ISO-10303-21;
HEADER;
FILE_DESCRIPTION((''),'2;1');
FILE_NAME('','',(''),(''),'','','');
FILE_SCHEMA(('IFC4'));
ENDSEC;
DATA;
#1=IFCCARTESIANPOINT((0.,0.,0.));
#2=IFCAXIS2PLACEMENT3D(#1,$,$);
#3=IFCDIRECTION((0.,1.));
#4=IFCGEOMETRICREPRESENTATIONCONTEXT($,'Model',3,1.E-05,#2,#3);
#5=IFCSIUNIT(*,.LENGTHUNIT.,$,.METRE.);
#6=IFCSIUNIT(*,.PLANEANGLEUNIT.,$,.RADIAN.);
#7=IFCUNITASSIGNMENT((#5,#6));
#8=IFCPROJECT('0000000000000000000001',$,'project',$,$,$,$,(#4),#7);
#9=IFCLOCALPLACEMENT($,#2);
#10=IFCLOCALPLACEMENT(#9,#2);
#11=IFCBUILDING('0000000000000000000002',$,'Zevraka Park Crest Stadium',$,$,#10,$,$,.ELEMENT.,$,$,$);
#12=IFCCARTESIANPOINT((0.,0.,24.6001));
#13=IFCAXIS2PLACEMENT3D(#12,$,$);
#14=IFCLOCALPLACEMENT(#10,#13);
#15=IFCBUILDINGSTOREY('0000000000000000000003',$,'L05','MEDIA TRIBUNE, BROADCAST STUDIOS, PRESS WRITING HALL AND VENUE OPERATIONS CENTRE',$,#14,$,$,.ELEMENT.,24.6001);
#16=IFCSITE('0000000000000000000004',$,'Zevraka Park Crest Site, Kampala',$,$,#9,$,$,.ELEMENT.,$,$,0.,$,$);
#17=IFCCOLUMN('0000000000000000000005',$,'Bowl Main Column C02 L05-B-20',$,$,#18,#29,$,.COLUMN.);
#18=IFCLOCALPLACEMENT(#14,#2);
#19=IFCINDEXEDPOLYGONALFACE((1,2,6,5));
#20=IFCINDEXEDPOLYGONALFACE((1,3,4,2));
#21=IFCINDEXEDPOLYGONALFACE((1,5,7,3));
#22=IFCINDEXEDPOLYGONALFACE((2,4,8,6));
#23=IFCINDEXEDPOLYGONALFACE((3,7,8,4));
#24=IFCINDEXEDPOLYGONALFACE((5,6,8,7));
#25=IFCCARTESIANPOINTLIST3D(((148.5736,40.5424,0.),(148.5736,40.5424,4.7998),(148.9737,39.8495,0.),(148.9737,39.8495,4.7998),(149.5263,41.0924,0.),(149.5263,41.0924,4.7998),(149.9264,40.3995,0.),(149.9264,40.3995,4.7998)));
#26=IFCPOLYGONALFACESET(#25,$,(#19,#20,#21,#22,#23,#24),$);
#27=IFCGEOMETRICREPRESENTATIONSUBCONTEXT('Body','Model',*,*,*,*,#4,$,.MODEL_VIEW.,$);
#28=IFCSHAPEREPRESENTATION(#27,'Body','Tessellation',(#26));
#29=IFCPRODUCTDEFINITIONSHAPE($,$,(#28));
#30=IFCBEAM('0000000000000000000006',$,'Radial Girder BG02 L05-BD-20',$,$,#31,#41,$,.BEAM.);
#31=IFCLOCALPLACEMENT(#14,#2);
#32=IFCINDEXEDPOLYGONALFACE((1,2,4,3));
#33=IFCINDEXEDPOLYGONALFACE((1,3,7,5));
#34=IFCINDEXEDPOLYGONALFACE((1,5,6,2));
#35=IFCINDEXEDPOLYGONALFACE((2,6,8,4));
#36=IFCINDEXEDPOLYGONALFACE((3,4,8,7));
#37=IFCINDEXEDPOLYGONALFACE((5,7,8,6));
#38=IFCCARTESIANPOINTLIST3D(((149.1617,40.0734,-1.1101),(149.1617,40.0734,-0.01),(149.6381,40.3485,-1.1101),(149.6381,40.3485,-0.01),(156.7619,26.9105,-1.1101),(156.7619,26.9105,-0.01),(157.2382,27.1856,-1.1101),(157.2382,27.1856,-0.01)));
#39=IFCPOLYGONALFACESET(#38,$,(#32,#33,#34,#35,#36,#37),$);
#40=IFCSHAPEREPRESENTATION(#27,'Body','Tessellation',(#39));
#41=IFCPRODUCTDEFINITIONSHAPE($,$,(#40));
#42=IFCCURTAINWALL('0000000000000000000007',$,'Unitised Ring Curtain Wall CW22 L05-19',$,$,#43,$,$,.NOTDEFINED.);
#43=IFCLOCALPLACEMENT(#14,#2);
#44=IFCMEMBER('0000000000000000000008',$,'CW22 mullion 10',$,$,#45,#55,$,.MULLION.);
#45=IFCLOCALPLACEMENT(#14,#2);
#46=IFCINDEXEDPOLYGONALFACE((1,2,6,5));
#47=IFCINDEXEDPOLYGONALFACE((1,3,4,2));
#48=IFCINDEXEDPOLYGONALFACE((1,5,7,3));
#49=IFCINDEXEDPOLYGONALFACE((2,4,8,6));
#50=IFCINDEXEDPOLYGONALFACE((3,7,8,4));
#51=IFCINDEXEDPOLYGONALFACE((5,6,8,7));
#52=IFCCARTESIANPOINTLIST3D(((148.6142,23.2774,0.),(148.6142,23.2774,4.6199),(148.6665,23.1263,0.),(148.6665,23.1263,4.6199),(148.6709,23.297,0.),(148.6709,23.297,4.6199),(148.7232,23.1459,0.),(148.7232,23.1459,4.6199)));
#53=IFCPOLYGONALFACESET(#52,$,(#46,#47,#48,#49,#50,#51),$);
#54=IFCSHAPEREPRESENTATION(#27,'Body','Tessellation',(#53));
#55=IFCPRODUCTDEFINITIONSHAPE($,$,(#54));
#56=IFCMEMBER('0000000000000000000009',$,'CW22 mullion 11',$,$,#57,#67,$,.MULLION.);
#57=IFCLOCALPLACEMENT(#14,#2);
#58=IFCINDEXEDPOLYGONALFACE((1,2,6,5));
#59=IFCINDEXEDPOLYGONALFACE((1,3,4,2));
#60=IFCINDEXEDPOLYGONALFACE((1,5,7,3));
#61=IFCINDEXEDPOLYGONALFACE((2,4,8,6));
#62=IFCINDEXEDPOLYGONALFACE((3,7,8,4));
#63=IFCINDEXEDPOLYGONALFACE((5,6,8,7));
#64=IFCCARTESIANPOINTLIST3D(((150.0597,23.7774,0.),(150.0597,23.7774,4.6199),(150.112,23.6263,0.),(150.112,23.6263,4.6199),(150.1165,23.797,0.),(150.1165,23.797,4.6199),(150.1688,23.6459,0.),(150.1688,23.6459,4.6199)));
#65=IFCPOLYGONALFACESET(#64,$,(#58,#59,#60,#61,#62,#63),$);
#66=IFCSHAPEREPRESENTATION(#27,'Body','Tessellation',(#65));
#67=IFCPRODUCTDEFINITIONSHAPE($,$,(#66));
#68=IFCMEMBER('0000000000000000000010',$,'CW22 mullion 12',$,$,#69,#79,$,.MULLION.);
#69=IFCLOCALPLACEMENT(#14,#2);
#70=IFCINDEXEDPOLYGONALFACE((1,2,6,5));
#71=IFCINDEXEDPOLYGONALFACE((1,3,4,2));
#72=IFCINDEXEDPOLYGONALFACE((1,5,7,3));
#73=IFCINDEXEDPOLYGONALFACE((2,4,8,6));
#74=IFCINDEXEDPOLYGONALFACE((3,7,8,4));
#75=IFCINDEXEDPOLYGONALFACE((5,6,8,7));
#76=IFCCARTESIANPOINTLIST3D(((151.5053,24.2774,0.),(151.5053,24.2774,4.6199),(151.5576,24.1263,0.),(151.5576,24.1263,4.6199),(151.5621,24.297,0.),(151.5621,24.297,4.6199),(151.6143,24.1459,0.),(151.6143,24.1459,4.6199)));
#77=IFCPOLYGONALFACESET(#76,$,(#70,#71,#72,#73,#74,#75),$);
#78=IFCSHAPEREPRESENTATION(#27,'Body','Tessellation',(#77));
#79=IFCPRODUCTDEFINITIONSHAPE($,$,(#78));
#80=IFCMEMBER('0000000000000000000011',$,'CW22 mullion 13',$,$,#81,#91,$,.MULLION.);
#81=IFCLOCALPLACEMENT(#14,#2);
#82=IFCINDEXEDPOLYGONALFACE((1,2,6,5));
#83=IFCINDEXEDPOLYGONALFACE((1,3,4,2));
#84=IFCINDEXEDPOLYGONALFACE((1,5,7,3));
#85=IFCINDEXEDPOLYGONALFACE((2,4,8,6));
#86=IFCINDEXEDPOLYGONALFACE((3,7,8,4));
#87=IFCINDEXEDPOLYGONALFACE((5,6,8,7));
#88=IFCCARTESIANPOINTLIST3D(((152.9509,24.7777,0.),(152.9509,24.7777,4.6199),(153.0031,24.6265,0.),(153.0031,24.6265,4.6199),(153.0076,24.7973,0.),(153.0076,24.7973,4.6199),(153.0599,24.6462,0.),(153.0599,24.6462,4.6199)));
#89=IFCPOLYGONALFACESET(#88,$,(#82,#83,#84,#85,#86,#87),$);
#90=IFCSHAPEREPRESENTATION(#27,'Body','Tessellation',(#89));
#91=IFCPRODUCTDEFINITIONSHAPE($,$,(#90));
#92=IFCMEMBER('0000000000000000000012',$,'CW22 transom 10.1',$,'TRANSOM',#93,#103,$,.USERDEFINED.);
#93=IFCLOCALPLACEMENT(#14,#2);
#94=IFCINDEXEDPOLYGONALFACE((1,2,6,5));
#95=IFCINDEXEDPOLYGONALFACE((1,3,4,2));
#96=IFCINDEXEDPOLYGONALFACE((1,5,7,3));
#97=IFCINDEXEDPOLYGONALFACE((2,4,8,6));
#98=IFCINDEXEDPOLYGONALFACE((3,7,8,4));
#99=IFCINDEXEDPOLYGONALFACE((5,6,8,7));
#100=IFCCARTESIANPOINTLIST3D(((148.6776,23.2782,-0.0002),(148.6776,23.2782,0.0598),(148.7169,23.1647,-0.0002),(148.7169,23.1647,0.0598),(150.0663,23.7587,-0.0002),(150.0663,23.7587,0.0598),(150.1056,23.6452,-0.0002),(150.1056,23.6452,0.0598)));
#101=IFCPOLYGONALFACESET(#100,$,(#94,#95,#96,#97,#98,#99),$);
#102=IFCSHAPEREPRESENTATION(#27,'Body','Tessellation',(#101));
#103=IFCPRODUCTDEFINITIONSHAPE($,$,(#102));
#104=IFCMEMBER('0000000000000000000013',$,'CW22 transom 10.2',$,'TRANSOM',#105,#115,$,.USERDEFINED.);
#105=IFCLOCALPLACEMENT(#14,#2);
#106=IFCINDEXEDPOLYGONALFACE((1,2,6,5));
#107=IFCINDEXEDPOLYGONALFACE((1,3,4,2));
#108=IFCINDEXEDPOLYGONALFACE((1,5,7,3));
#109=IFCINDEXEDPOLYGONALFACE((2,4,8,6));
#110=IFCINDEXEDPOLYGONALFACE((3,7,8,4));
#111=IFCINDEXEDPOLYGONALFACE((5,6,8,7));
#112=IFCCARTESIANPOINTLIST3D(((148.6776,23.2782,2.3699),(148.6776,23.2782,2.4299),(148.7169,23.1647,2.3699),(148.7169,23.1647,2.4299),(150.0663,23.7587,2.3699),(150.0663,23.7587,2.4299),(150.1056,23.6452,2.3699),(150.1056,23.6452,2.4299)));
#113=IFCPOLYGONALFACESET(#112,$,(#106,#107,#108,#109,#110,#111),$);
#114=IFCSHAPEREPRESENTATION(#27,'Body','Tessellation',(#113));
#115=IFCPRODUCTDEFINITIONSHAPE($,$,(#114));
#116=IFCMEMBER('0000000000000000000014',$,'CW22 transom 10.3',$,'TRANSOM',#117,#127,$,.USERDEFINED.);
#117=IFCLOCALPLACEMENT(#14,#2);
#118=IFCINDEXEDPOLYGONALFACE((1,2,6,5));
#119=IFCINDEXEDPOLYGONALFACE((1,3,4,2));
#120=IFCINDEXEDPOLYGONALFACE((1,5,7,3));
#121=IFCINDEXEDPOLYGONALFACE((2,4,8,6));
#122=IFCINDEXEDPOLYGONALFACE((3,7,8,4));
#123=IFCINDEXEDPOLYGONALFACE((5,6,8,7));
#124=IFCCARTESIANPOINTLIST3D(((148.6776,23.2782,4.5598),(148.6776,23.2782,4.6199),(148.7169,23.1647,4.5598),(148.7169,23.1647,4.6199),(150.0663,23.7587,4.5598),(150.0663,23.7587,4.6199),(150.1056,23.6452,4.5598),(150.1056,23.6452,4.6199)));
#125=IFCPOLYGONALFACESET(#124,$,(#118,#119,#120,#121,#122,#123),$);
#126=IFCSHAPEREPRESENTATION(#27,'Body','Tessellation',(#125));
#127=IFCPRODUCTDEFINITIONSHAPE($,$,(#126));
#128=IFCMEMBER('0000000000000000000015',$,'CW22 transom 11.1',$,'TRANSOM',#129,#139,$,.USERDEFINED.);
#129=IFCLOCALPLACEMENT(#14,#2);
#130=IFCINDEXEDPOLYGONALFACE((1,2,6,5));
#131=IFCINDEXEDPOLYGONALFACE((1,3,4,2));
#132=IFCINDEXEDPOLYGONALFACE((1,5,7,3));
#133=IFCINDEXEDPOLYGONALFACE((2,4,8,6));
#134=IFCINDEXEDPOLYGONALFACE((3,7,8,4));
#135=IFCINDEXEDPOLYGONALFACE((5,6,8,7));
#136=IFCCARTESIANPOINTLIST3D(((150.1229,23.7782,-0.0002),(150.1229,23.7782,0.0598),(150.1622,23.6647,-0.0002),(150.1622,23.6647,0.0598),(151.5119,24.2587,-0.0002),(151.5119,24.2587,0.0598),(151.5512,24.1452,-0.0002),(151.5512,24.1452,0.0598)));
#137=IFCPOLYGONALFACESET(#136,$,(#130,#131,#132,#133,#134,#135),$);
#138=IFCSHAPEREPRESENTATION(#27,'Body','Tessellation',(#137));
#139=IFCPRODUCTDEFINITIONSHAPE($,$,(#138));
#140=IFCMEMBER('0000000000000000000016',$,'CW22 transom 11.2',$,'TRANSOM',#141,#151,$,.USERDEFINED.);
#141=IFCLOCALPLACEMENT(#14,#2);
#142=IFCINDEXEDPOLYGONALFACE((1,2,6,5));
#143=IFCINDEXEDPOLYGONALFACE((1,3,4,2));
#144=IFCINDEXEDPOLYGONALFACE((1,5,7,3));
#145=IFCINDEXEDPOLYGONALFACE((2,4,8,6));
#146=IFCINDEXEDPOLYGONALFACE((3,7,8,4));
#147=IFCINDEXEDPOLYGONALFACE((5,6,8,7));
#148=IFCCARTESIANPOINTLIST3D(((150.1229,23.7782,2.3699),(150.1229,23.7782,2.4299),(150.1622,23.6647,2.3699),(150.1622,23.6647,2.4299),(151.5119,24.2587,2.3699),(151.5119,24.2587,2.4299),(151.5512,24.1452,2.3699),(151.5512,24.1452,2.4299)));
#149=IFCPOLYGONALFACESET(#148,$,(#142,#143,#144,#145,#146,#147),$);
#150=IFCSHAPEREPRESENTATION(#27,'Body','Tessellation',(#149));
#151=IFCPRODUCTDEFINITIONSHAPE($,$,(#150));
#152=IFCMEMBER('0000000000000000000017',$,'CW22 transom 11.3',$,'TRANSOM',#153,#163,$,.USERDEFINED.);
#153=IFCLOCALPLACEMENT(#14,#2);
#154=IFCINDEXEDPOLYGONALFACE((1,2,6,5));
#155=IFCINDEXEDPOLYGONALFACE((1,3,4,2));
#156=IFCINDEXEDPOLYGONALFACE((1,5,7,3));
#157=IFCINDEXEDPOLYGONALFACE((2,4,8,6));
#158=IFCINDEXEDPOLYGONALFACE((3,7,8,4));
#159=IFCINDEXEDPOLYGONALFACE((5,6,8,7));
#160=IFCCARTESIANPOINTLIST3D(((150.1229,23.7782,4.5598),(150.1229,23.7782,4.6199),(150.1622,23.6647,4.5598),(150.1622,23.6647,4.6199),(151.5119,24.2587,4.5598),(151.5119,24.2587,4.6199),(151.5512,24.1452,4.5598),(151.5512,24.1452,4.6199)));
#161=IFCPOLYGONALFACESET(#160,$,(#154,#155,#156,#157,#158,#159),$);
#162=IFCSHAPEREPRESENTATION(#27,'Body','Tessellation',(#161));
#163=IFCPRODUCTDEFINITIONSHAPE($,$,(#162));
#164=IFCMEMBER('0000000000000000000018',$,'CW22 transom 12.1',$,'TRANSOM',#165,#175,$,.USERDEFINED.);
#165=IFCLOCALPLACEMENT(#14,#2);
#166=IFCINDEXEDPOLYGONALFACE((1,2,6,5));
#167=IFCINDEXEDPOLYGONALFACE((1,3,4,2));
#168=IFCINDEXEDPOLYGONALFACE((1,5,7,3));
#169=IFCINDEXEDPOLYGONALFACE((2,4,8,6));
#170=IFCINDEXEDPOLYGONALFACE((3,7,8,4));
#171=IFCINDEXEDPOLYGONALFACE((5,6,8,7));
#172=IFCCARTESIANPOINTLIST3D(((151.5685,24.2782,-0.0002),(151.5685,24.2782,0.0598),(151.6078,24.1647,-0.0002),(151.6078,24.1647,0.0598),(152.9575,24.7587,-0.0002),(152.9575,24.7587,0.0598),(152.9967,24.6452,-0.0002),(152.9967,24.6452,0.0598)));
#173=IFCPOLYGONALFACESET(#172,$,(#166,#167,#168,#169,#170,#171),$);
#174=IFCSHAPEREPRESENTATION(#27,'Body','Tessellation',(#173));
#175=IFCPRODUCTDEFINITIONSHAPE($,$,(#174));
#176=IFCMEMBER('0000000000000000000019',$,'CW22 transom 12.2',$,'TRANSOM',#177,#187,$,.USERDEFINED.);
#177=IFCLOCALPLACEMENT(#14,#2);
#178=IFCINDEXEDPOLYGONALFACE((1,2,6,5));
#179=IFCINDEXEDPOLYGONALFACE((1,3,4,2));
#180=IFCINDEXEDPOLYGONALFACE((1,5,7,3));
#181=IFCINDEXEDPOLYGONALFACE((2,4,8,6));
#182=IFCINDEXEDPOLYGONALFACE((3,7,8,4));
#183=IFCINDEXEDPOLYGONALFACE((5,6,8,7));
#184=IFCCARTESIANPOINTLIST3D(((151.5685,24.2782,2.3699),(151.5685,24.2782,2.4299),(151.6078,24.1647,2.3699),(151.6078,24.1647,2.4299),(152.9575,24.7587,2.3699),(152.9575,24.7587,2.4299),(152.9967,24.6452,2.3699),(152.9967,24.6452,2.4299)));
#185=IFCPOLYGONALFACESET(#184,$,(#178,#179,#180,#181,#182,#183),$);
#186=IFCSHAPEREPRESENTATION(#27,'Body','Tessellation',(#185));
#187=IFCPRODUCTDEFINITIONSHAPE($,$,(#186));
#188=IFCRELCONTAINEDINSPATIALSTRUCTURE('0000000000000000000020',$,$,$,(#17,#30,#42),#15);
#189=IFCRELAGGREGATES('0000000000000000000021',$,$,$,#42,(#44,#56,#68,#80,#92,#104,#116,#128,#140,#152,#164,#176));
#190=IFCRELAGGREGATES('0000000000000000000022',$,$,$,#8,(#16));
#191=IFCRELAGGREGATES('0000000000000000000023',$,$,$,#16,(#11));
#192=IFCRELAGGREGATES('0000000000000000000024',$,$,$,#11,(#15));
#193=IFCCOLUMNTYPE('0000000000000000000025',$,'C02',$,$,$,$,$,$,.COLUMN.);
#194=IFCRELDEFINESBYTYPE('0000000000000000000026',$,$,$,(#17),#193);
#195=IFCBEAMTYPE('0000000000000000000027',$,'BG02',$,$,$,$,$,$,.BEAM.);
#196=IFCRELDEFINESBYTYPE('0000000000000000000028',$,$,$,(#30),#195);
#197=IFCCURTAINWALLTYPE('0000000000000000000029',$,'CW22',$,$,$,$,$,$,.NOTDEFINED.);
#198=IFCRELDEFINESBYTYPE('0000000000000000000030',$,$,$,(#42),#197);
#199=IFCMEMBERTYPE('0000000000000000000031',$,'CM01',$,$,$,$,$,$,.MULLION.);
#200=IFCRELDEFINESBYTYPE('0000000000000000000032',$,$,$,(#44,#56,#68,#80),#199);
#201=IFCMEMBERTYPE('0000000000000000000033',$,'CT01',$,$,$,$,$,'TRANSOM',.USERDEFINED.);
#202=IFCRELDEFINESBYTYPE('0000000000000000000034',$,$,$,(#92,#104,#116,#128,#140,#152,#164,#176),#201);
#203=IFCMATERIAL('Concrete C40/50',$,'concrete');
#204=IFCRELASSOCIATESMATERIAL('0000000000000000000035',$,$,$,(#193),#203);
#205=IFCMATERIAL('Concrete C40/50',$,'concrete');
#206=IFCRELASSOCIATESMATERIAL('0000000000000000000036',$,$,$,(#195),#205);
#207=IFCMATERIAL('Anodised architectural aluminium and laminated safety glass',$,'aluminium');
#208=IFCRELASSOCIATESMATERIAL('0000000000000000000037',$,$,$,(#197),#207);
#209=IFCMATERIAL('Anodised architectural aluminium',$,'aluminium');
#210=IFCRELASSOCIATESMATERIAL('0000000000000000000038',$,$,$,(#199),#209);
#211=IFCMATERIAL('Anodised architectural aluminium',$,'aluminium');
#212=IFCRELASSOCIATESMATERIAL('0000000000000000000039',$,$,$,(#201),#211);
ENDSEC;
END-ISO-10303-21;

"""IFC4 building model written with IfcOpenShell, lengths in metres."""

from ifc_helpers import new_model, si_unit, direction, frame, origin, origin_2d, place, context, subcontext, project, spatial, rectangle, extrude, material, material_profile, profile_set, type_object, element, aggregate, save


model = new_model("IFC4")

# Units and contexts
model_context = context("Model", 3, precision=1e-05, world=origin(), true_north=direction((0.0, 1.0)))
body_context = subcontext(model_context, "Body", "Model", "MODEL_VIEW")
ifc_project = project(units=[si_unit("LENGTHUNIT", "METRE"), si_unit("PLANEANGLEUNIT", "RADIAN")], contexts=[model_context])

# Site, building, storey
site_placement = place(None, origin())
site = spatial("IfcSite", under=ifc_project, at=site_placement, Name="Zevraka Park Crest Site, Kampala", CompositionType="ELEMENT", RefElevation=0.0)
building_placement = place(site_placement, origin())
building = spatial("IfcBuilding", under=site, at=building_placement, Name="Zevraka Park Crest Stadium", CompositionType="ELEMENT")
storey_placement = place(building_placement, frame((0.0, 0.0, 24.6001)))
storey = spatial("IfcBuildingStorey", under=building, at=storey_placement, Name="L05", Description="MEDIA TRIBUNE, BROADCAST STUDIOS, PRESS WRITING HALL AND VENUE OPERATIONS CENTRE", CompositionType="ELEMENT", Elevation=24.6001)

# Column
ifc_material_1 = material(Name="Concrete C40/50", Category="concrete")
ifc_material_profile_1 = material_profile(ifc_material_1, rectangle(XDim=0.8, YDim=1.1001, at=origin_2d()), Name="RC 1100x800")
ifc_profile_set_1 = profile_set([ifc_material_profile_1], Name="Concrete C40/50")
column_type = type_object("IfcColumnType", Name="C02", PredefinedType="COLUMN", material=ifc_profile_set_1)
column_placement = place(storey_placement, frame((149.25, 40.4709, 0.0), z_axis=(0.0, 0.0, 1.0), x_axis=(-0.5, 0.866025, 0.0)))
element("IfcColumn", 1, at=column_placement, inside=storey, type_object=column_type, Name="Bowl Main Column C02 L05-B-20", PredefinedType="COLUMN", context=body_context, shape_type="SweptSolid", body=[
    extrude(rectangle(XDim=0.8, YDim=1.1001, at=origin_2d()), origin(), (0.0, 0.0, 1.0), 4.7998),
])

# Beam
ifc_material_2 = material(Name="Concrete C40/50", Category="concrete")
ifc_material_profile_2 = material_profile(ifc_material_2, rectangle(XDim=0.55, YDim=1.1001, at=origin_2d()), Name="RC 1100x550")
ifc_profile_set_2 = profile_set([ifc_material_profile_2], Name="Concrete C40/50")
beam_type_1 = type_object("IfcBeamType", Name="BG02", PredefinedType="BEAM", material=ifc_profile_set_2)
beam_1_placement = place(storey_placement, frame((149.3999, 40.2109, -0.5601), z_axis=(0.500026, -0.86601, 0.0), x_axis=(0.86601, 0.500026, 0.0)))
element("IfcBeam", 2, at=beam_1_placement, inside=storey, type_object=beam_type_1, Name="Radial Girder BG02 L05-BD-20", PredefinedType="BEAM", context=body_context, shape_type="SweptSolid", body=[
    extrude(rectangle(XDim=0.55, YDim=1.1001, at=origin_2d()), origin(), (0.0, 0.0, 1.0), 15.1995),
])

# Curtain wall, members
ifc_material_3 = material(Name="Anodised architectural aluminium and laminated safety glass", Category="aluminium")
curtain_wall_type = type_object("IfcCurtainWallType", Name="CW22", PredefinedType="NOTDEFINED", material=ifc_material_3)
curtain_wall_placement = place(storey_placement, origin())
curtain_wall = element("IfcCurtainWall", 3, at=curtain_wall_placement, inside=storey, type_object=curtain_wall_type, Name="Unitised Ring Curtain Wall CW22 L05-19", PredefinedType="NOTDEFINED")
ifc_material_4 = material(Name="Anodised architectural aluminium", Category="aluminium")
ifc_material_profile_3 = material_profile(ifc_material_4, rectangle(XDim=0.1599, YDim=0.0601, at=origin_2d()), Name="ALU MULLION 160x60")
ifc_profile_set_3 = profile_set([ifc_material_profile_3], Name="Anodised architectural aluminium")
member_type_1 = type_object("IfcMemberType", Name="CM01", PredefinedType="MULLION", material=ifc_profile_set_3)
member_1_placement = place(storey_placement, frame((148.6687, 23.2117, 0.0), z_axis=(0.0, 0.0, 1.0), x_axis=(-0.326929, 0.945049, 0.0)))
member_1 = element("IfcMember", 4, at=member_1_placement, type_object=member_type_1, Name="CW22 mullion 10", PredefinedType="MULLION", context=body_context, shape_type="SweptSolid", body=[
    extrude(rectangle(XDim=0.1599, YDim=0.0601, at=origin_2d()), origin(), (0.0, 0.0, 1.0), 4.6199),
])
member_2_placement = place(storey_placement, frame((150.1143, 23.7117, 0.0), z_axis=(0.0, 0.0, 1.0), x_axis=(-0.326929, 0.945049, 0.0)))
member_2 = element("IfcMember", 5, at=member_2_placement, type_object=member_type_1, Name="CW22 mullion 11", PredefinedType="MULLION", context=body_context, shape_type="SweptSolid", body=[
    extrude(rectangle(XDim=0.1599, YDim=0.0601, at=origin_2d()), origin(), (0.0, 0.0, 1.0), 4.6199),
])
member_3_placement = place(storey_placement, frame((151.5598, 24.2117, 0.0), z_axis=(0.0, 0.0, 1.0), x_axis=(-0.326929, 0.945049, 0.0)))
member_3 = element("IfcMember", 6, at=member_3_placement, type_object=member_type_1, Name="CW22 mullion 12", PredefinedType="MULLION", context=body_context, shape_type="SweptSolid", body=[
    extrude(rectangle(XDim=0.1599, YDim=0.0601, at=origin_2d()), origin(), (0.0, 0.0, 1.0), 4.6199),
])
member_4_placement = place(storey_placement, frame((153.0054, 24.7119, 0.0), z_axis=(0.0, 0.0, 1.0), x_axis=(-0.326929, 0.945049, 0.0)))
member_4 = element("IfcMember", 7, at=member_4_placement, type_object=member_type_1, Name="CW22 mullion 13", PredefinedType="MULLION", context=body_context, shape_type="SweptSolid", body=[
    extrude(rectangle(XDim=0.1599, YDim=0.0601, at=origin_2d()), origin(), (0.0, 0.0, 1.0), 4.6199),
])
ifc_material_5 = material(Name="Anodised architectural aluminium", Category="aluminium")
ifc_material_profile_4 = material_profile(ifc_material_5, rectangle(XDim=0.1201, YDim=0.0601, at=origin_2d()), Name="ALU TRANSOM 120x60")
ifc_profile_set_4 = profile_set([ifc_material_profile_4], Name="Anodised architectural aluminium")
member_type_2 = type_object("IfcMemberType", Name="CT01", ElementType="TRANSOM", PredefinedType="USERDEFINED", material=ifc_profile_set_4)
member_5_placement = place(storey_placement, frame((148.6973, 23.2214, 0.0298), z_axis=(0.945033, 0.326974, 0.0), x_axis=(-0.326974, 0.945033, 0.0)))
member_5 = element("IfcMember", 8, at=member_5_placement, type_object=member_type_2, Name="CW22 transom 10.1", ObjectType="TRANSOM", PredefinedType="USERDEFINED", context=body_context, shape_type="SweptSolid", body=[
    extrude(rectangle(XDim=0.1201, YDim=0.0601, at=origin_2d()), origin(), (0.0, 0.0, 1.0), 1.4695),
])
member_6_placement = place(storey_placement, frame((148.6973, 23.2214, 2.3999), z_axis=(0.945033, 0.326974, 0.0), x_axis=(-0.326974, 0.945033, 0.0)))
member_6 = element("IfcMember", 9, at=member_6_placement, type_object=member_type_2, Name="CW22 transom 10.2", ObjectType="TRANSOM", PredefinedType="USERDEFINED", context=body_context, shape_type="SweptSolid", body=[
    extrude(rectangle(XDim=0.1201, YDim=0.0601, at=origin_2d()), origin(), (0.0, 0.0, 1.0), 1.4695),
])
member_7_placement = place(storey_placement, frame((148.6973, 23.2214, 4.5898), z_axis=(0.945033, 0.326974, 0.0), x_axis=(-0.326974, 0.945033, 0.0)))
member_7 = element("IfcMember", 10, at=member_7_placement, type_object=member_type_2, Name="CW22 transom 10.3", ObjectType="TRANSOM", PredefinedType="USERDEFINED", context=body_context, shape_type="SweptSolid", body=[
    extrude(rectangle(XDim=0.1201, YDim=0.0601, at=origin_2d()), origin(), (0.0, 0.0, 1.0), 1.4695),
])
member_8_placement = place(storey_placement, frame((150.1426, 23.7214, 0.0298), z_axis=(0.945051, 0.326922, 0.0), x_axis=(-0.326922, 0.945051, 0.0)))
member_8 = element("IfcMember", 11, at=member_8_placement, type_object=member_type_2, Name="CW22 transom 11.1", ObjectType="TRANSOM", PredefinedType="USERDEFINED", context=body_context, shape_type="SweptSolid", body=[
    extrude(rectangle(XDim=0.1201, YDim=0.0601, at=origin_2d()), origin(), (0.0, 0.0, 1.0), 1.4697),
])
member_9_placement = place(storey_placement, frame((150.1426, 23.7214, 2.3999), z_axis=(0.945051, 0.326922, 0.0), x_axis=(-0.326922, 0.945051, 0.0)))
member_9 = element("IfcMember", 12, at=member_9_placement, type_object=member_type_2, Name="CW22 transom 11.2", ObjectType="TRANSOM", PredefinedType="USERDEFINED", context=body_context, shape_type="SweptSolid", body=[
    extrude(rectangle(XDim=0.1201, YDim=0.0601, at=origin_2d()), origin(), (0.0, 0.0, 1.0), 1.4697),
])
member_10_placement = place(storey_placement, frame((150.1426, 23.7214, 4.5898), z_axis=(0.945051, 0.326922, 0.0), x_axis=(-0.326922, 0.945051, 0.0)))
member_10 = element("IfcMember", 13, at=member_10_placement, type_object=member_type_2, Name="CW22 transom 11.3", ObjectType="TRANSOM", PredefinedType="USERDEFINED", context=body_context, shape_type="SweptSolid", body=[
    extrude(rectangle(XDim=0.1201, YDim=0.0601, at=origin_2d()), origin(), (0.0, 0.0, 1.0), 1.4697),
])
member_11_placement = place(storey_placement, frame((151.5881, 24.2214, 0.0298), z_axis=(0.945051, 0.326922, 0.0), x_axis=(-0.326922, 0.945051, 0.0)))
member_11 = element("IfcMember", 14, at=member_11_placement, type_object=member_type_2, Name="CW22 transom 12.1", ObjectType="TRANSOM", PredefinedType="USERDEFINED", context=body_context, shape_type="SweptSolid", body=[
    extrude(rectangle(XDim=0.1201, YDim=0.0601, at=origin_2d()), origin(), (0.0, 0.0, 1.0), 1.4697),
])
member_12_placement = place(storey_placement, frame((151.5881, 24.2214, 2.3999), z_axis=(0.945051, 0.326922, 0.0), x_axis=(-0.326922, 0.945051, 0.0)))
member_12 = element("IfcMember", 15, at=member_12_placement, type_object=member_type_2, Name="CW22 transom 12.2", ObjectType="TRANSOM", PredefinedType="USERDEFINED", context=body_context, shape_type="SweptSolid", body=[
    extrude(rectangle(XDim=0.1201, YDim=0.0601, at=origin_2d()), origin(), (0.0, 0.0, 1.0), 1.4697),
])

aggregate(curtain_wall, [member_1, member_2, member_3, member_4, member_5, member_6, member_7, member_8, member_9, member_10, member_11, member_12])

save(model, "model.ifc")
